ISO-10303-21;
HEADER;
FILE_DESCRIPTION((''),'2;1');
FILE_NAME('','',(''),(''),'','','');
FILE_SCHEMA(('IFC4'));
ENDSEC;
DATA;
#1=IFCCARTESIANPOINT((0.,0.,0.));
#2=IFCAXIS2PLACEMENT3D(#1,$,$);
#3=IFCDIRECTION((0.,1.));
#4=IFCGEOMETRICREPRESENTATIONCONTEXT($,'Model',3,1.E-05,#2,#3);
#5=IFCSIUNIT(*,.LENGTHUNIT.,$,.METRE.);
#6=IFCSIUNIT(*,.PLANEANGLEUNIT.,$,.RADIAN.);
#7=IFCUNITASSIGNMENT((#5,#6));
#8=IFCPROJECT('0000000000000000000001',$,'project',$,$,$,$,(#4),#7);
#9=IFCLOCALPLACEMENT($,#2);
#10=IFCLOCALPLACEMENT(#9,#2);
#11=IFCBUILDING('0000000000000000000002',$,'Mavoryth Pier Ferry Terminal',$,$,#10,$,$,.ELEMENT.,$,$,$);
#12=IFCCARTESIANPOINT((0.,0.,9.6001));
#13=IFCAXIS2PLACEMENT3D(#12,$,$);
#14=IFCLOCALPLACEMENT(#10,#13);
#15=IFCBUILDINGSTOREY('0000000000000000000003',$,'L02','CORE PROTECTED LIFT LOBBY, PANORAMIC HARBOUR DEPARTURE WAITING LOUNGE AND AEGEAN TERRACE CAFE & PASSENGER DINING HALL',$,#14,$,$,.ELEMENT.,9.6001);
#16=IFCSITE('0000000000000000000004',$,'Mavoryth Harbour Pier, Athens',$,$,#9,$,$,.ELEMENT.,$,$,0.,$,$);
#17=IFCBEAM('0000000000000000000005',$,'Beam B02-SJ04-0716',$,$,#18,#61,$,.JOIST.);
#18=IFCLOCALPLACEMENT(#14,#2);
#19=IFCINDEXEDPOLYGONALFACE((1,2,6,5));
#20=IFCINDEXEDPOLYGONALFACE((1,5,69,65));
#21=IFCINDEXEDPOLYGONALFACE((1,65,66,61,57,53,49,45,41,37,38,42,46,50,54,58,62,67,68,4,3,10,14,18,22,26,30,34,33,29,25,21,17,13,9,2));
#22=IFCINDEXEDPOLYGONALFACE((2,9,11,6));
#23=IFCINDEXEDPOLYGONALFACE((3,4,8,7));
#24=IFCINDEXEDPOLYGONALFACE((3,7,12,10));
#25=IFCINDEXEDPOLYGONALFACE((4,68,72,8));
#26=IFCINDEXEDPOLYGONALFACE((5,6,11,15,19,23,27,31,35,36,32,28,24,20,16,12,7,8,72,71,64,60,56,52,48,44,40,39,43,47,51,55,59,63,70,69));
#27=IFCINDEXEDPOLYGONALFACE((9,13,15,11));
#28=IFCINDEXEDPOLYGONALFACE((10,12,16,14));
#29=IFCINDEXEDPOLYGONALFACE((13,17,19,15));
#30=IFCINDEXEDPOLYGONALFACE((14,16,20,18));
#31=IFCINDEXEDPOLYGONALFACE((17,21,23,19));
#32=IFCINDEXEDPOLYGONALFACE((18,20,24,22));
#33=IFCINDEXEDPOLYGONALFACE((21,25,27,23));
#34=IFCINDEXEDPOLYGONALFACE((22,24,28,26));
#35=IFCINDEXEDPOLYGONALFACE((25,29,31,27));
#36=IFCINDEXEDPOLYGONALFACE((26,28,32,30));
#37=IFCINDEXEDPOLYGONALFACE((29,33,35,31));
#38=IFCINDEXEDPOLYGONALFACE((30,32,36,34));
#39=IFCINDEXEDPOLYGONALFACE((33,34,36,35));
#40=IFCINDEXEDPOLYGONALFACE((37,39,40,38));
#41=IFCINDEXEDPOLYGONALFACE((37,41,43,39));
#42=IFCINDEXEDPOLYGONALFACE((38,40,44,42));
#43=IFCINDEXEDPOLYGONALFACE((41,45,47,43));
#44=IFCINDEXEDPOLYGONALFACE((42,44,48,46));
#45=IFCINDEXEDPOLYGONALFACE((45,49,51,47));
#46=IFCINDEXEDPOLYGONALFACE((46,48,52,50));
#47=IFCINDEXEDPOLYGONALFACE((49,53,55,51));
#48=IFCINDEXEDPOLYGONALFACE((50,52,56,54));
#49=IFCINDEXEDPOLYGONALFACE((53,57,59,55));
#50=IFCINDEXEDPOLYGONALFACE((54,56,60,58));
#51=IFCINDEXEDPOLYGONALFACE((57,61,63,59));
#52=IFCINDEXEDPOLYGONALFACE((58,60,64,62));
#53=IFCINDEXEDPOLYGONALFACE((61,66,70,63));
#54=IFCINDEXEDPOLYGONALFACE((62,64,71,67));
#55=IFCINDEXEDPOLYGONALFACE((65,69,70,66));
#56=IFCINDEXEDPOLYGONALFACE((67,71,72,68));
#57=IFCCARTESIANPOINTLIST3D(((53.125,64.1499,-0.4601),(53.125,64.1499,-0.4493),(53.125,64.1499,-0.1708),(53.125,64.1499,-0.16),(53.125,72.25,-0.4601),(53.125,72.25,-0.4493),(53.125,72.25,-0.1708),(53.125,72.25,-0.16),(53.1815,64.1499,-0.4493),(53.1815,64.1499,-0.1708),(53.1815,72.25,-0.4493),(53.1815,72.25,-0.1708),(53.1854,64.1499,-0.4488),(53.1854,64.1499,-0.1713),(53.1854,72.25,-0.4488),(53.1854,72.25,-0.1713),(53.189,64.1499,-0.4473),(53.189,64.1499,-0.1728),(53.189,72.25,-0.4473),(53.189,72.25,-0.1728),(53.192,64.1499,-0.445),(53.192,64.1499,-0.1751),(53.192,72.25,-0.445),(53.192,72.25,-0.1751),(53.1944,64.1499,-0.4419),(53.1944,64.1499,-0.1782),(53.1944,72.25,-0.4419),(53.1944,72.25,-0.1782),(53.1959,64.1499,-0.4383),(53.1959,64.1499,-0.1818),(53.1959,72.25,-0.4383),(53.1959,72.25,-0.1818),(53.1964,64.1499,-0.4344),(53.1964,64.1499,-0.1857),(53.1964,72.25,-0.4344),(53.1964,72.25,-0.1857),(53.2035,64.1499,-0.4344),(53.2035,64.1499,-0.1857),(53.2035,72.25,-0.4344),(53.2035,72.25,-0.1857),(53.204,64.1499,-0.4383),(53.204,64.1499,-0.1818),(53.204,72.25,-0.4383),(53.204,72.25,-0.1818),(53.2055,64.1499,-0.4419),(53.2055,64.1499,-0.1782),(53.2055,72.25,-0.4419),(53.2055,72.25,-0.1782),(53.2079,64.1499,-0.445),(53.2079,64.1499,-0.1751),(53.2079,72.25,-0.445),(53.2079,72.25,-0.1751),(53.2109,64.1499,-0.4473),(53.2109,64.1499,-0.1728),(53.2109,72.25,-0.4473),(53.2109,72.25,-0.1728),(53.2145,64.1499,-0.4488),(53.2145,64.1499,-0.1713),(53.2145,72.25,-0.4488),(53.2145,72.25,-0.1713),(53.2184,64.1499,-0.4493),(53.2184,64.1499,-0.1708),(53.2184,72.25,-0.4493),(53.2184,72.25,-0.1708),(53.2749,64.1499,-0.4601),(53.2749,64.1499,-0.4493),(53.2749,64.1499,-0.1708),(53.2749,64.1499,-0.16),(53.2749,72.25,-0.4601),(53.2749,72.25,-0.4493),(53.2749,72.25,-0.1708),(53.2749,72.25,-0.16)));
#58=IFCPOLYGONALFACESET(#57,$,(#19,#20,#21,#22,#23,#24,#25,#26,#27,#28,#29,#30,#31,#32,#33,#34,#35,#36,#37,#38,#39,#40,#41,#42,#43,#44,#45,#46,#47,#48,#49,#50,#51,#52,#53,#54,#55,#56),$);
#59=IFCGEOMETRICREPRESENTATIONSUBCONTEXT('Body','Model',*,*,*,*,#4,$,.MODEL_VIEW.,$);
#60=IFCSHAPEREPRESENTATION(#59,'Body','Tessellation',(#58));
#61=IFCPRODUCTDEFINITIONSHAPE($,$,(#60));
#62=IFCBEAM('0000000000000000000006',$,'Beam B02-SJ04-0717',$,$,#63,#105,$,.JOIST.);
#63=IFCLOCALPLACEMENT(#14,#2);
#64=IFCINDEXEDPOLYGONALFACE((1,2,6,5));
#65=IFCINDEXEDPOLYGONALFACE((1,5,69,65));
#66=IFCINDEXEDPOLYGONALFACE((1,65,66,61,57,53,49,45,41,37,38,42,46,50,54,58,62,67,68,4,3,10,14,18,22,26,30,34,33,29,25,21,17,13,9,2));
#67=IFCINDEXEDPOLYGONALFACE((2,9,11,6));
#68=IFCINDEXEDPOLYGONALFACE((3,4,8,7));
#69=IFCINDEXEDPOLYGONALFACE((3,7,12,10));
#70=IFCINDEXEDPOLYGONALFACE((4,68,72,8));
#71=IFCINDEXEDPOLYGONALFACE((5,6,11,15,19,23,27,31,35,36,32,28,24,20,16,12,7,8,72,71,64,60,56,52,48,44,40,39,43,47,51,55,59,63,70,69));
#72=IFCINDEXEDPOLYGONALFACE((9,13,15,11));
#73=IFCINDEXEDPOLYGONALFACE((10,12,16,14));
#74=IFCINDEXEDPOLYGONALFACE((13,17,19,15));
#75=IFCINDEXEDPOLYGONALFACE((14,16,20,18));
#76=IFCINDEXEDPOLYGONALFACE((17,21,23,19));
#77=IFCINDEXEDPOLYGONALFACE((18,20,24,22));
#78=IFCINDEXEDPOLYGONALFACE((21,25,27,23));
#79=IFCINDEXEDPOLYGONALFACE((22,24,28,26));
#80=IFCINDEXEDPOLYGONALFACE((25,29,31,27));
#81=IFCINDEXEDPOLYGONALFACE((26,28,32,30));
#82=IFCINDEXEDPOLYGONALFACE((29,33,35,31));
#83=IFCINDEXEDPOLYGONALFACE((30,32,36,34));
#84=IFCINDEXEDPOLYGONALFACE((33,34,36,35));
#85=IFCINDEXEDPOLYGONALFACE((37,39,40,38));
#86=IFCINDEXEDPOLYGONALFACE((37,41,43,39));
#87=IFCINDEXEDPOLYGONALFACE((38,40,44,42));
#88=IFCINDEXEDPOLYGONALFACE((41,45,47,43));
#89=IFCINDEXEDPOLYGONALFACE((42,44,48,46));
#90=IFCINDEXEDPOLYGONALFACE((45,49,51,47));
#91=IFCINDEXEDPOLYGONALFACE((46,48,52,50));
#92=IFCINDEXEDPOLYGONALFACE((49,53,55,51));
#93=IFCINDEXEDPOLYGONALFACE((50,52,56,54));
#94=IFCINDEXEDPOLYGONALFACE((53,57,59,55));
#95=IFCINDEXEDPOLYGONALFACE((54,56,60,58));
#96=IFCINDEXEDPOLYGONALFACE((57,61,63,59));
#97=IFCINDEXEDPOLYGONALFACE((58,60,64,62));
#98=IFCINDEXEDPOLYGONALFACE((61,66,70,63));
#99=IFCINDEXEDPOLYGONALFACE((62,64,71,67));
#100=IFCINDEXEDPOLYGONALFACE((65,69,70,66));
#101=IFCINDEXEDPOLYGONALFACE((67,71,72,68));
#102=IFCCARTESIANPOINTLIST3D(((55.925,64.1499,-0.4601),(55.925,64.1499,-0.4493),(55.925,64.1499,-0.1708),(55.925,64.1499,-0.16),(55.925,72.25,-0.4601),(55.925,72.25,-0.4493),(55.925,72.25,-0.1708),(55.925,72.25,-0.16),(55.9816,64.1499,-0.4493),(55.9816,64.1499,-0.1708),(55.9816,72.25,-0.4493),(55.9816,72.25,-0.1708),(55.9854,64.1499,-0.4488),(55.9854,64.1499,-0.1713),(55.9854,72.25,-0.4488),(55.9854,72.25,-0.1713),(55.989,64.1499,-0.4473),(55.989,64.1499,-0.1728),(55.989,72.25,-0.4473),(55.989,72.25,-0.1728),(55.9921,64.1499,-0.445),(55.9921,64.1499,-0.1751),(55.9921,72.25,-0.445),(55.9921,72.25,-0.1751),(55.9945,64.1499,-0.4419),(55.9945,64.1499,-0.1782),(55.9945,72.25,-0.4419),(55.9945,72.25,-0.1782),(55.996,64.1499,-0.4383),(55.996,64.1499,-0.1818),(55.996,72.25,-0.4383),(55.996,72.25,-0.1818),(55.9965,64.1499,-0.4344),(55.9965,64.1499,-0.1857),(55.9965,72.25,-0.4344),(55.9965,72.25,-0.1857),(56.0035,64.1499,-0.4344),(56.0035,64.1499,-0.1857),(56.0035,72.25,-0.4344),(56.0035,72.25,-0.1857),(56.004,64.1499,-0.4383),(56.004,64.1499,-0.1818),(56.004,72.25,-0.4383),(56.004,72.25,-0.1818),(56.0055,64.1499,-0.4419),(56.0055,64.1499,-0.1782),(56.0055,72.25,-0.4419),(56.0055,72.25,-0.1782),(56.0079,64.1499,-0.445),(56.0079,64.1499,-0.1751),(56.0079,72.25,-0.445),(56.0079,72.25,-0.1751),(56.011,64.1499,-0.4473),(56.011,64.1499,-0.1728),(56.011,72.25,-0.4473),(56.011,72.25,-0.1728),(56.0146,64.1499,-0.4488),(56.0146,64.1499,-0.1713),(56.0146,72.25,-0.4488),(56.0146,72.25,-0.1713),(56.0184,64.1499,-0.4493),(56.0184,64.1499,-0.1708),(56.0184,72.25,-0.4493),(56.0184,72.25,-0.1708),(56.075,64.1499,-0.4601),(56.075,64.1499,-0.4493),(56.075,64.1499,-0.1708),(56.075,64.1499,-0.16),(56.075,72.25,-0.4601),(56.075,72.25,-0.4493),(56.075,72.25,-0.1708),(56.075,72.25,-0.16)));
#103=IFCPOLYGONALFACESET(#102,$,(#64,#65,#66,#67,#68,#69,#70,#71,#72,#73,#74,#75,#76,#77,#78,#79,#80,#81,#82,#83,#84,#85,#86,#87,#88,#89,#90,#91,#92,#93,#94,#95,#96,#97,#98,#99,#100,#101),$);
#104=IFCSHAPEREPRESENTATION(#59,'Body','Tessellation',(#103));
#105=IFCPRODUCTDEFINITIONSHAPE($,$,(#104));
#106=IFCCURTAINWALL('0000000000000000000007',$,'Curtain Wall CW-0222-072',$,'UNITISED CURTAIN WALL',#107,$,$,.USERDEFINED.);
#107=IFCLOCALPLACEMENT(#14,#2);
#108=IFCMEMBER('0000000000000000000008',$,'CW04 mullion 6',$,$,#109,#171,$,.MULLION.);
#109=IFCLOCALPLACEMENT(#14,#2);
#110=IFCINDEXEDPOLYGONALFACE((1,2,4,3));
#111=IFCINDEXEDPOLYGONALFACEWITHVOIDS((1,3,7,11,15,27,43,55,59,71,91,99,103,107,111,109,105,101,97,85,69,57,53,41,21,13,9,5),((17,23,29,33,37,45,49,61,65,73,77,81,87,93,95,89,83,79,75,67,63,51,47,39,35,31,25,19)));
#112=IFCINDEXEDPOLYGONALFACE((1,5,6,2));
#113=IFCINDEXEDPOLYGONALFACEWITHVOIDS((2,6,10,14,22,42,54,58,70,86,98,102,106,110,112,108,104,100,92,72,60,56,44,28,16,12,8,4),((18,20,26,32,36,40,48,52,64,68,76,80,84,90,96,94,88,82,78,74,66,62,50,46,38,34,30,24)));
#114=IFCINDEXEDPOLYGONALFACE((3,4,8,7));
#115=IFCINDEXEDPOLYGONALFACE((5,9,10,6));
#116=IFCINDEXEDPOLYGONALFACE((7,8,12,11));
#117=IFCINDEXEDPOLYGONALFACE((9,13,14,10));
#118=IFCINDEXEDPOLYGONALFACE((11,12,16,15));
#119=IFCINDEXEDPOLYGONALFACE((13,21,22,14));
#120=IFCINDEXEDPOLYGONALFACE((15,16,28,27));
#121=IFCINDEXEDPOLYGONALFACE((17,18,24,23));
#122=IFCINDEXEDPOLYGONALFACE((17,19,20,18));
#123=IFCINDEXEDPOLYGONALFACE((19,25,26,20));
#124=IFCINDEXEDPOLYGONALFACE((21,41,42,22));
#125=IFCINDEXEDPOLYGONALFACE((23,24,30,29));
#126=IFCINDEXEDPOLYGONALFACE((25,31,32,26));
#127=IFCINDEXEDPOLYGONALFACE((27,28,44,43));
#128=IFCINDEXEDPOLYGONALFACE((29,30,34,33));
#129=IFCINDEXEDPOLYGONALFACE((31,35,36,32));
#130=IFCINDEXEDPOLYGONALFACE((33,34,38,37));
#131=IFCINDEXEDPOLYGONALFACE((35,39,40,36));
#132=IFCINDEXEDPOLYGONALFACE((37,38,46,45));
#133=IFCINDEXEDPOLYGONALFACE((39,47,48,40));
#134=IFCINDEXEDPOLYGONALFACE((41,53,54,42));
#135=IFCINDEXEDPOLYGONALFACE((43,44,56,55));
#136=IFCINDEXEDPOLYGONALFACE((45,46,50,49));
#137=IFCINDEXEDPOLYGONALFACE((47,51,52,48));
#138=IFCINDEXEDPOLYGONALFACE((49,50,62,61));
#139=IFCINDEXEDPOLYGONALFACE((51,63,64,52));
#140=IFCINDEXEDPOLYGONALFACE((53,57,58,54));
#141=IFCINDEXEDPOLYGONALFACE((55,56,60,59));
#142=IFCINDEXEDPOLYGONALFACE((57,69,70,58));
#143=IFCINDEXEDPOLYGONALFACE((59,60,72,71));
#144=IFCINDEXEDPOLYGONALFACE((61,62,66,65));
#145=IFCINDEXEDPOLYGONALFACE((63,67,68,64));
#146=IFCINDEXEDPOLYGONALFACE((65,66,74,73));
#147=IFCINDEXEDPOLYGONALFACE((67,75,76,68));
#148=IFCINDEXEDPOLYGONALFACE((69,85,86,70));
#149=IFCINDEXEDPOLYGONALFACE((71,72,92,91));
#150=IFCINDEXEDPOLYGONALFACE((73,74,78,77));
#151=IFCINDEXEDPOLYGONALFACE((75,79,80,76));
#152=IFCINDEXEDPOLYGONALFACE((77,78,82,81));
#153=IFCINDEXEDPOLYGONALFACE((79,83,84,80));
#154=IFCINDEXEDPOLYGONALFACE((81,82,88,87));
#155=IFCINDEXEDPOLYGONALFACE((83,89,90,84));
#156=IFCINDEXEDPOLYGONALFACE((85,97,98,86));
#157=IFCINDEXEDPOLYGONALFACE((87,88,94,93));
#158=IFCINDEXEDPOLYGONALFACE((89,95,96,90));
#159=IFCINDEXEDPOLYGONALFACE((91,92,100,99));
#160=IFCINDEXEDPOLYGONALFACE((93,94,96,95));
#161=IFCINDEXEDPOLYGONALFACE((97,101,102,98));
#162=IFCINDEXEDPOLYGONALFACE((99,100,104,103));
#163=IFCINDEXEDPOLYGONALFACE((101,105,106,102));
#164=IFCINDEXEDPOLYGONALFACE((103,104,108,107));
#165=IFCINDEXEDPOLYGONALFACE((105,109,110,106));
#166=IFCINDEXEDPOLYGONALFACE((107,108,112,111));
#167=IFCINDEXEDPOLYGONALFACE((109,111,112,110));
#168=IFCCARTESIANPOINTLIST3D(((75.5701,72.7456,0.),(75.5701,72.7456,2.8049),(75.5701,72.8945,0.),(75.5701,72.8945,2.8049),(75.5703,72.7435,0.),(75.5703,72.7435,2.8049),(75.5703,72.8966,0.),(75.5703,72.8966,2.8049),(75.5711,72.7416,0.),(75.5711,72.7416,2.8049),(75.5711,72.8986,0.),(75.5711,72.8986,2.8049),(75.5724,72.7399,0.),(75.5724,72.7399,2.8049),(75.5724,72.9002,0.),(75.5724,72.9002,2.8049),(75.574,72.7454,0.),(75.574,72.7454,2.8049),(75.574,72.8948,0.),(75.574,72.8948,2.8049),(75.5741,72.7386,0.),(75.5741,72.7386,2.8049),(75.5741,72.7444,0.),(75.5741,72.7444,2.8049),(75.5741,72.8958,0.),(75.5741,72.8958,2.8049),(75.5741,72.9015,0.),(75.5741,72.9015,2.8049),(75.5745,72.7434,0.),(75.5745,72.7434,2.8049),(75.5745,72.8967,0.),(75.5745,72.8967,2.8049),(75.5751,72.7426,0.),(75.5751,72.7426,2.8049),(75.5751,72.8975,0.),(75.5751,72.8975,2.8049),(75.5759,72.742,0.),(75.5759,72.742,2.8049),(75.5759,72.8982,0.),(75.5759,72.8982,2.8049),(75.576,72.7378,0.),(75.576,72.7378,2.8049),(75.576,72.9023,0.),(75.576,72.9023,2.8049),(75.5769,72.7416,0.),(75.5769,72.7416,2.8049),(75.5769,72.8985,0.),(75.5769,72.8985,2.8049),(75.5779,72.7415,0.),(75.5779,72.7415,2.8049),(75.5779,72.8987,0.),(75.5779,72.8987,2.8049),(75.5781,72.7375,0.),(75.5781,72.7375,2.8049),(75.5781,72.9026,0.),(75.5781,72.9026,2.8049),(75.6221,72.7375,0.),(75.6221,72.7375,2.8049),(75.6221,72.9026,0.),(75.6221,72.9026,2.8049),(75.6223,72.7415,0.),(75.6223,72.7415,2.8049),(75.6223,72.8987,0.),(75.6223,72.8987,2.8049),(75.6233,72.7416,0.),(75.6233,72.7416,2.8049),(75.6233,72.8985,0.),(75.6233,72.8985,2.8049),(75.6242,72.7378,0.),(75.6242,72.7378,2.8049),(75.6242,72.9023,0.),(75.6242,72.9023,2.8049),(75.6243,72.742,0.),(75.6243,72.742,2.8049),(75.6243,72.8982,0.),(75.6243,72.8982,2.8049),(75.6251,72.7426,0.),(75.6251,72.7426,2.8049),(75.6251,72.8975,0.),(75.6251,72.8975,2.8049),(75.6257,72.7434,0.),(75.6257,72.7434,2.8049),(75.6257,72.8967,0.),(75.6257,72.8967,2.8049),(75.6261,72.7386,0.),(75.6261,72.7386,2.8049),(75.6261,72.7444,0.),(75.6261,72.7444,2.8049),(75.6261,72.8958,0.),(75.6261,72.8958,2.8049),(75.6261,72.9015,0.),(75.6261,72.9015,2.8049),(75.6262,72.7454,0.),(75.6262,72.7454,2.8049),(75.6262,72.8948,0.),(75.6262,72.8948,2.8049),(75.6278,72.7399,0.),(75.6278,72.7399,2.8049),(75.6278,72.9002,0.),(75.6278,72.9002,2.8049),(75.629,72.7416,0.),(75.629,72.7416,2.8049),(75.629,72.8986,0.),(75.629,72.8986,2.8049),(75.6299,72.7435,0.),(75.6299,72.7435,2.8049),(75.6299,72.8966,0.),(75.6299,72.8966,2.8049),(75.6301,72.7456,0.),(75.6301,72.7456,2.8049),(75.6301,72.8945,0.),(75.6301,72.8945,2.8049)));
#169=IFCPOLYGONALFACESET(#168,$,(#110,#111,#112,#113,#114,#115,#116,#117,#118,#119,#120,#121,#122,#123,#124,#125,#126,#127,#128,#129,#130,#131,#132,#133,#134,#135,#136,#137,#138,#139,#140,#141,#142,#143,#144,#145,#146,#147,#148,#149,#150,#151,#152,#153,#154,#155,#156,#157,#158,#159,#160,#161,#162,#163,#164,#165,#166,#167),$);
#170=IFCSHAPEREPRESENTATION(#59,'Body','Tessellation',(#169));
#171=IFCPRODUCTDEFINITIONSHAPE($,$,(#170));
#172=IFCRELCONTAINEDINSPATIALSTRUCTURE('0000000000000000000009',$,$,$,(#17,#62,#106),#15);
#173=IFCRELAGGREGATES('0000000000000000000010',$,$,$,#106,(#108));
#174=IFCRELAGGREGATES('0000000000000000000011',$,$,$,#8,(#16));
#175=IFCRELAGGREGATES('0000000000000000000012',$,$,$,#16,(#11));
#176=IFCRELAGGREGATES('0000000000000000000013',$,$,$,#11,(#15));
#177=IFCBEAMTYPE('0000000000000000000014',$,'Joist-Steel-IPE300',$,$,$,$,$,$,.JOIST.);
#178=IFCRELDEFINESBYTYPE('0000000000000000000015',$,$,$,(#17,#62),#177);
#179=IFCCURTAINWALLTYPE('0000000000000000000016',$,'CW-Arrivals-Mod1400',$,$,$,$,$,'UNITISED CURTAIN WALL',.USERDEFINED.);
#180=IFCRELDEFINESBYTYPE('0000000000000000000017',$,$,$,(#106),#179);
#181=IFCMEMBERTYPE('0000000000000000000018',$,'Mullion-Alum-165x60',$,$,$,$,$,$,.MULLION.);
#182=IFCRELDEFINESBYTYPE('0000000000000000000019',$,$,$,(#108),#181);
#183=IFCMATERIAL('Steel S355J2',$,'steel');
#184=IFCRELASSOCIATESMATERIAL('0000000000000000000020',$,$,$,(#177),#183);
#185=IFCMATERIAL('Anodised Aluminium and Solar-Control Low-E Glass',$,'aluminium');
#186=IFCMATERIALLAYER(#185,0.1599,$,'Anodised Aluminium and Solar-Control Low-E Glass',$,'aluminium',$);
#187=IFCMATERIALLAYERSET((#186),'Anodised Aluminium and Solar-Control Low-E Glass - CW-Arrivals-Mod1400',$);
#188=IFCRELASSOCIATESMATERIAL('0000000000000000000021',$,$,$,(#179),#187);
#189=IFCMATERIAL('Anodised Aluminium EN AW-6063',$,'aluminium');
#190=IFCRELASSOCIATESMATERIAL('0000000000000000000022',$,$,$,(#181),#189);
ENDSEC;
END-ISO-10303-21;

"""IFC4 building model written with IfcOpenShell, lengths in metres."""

from ifc_helpers import new_model, si_unit, direction, frame, origin, origin_2d, place, context, subcontext, project, spatial, hollow_rectangle, i_section, extrude, material, layer, layer_set, material_profile, profile_set, type_object, element, aggregate, save


model = new_model("IFC4")

# Units and contexts
model_context = context("Model", 3, precision=1e-05, world=origin(), true_north=direction((0.0, 1.0)))
body_context = subcontext(model_context, "Body", "Model", "MODEL_VIEW")
ifc_project = project(units=[si_unit("LENGTHUNIT", "METRE"), si_unit("PLANEANGLEUNIT", "RADIAN")], contexts=[model_context])

# Site, building, storey
site_placement = place(None, origin())
site = spatial("IfcSite", under=ifc_project, at=site_placement, Name="Mavoryth Harbour Pier, Athens", CompositionType="ELEMENT", RefElevation=0.0)
building_placement = place(site_placement, origin())
building = spatial("IfcBuilding", under=site, at=building_placement, Name="Mavoryth Pier Ferry Terminal", CompositionType="ELEMENT")
storey_placement = place(building_placement, frame((0.0, 0.0, 9.6001)))
storey = spatial("IfcBuildingStorey", under=building, at=storey_placement, Name="L02", Description="CORE PROTECTED LIFT LOBBY, PANORAMIC HARBOUR DEPARTURE WAITING LOUNGE AND AEGEAN TERRACE CAFE & PASSENGER DINING HALL", CompositionType="ELEMENT", Elevation=9.6001)

# Shared definitions
ifc_material_1 = material(Name="Steel S355J2", Category="steel")

# Beams
ifc_material_profile_1 = material_profile(ifc_material_1, i_section(OverallWidth=0.1499, OverallDepth=0.3, WebThickness=0.0071, FlangeThickness=0.0107, FilletRadius=0.0149, at=origin_2d()), Name="IPE 300", Category="steel")
ifc_profile_set_1 = profile_set([ifc_material_profile_1], Name="Steel S355J2 - IPE 300")
beam_type_1 = type_object("IfcBeamType", Name="Joist-Steel-IPE300", PredefinedType="JOIST", material=ifc_profile_set_1)
for number, where, z_axis, x_axis, name in (
    (1, (53.2, 64.1499, -0.3101), (0.0, 1.0, 0.0), (-1.0, 0.0, 0.0), "Beam B02-SJ04-0716"),
    (2, (56.0, 64.1499, -0.3101), (0.0, 1.0, 0.0), (-1.0, 0.0, 0.0), "Beam B02-SJ04-0717"),
):
    element("IfcBeam", number, at=place(storey_placement, frame(where, z_axis=z_axis, x_axis=x_axis)), inside=storey, type_object=beam_type_1, Name=name, PredefinedType="JOIST", context=body_context, shape_type="SweptSolid", body=[
        extrude(i_section(OverallWidth=0.1499, OverallDepth=0.3, WebThickness=0.0071, FlangeThickness=0.0107, FilletRadius=0.0149, at=origin_2d()), origin(), (0.0, 0.0, 1.0), 8.1001),
    ])

# Curtain wall, member
ifc_material_2 = material(Name="Anodised Aluminium and Solar-Control Low-E Glass", Category="aluminium")
ifc_layer_1 = layer(ifc_material_2, 0.1599, Name="Anodised Aluminium and Solar-Control Low-E Glass", Category="aluminium")
ifc_layer_set_1 = layer_set([ifc_layer_1], Name="Anodised Aluminium and Solar-Control Low-E Glass - CW-Arrivals-Mod1400")
curtain_wall_type = type_object("IfcCurtainWallType", Name="CW-Arrivals-Mod1400", ElementType="UNITISED CURTAIN WALL", PredefinedType="USERDEFINED", material=ifc_layer_set_1)
curtain_wall_1_placement = place(storey_placement, origin())
curtain_wall_1 = element("IfcCurtainWall", 3, at=curtain_wall_1_placement, inside=storey, type_object=curtain_wall_type, Name="Curtain Wall CW-0222-072", ObjectType="UNITISED CURTAIN WALL", PredefinedType="USERDEFINED")
ifc_material_3 = material(Name="Anodised Aluminium EN AW-6063", Category="aluminium")
ifc_material_profile_2 = material_profile(ifc_material_3, hollow_rectangle(XDim=0.0601, YDim=0.165, WallThickness=0.0039, InnerFilletRadius=0.0039, OuterFilletRadius=0.0081, at=origin_2d()), Name="AL-MULL 165x60x4", Category="aluminium")
ifc_profile_set_2 = profile_set([ifc_material_profile_2], Name="Anodised Aluminium EN AW-6063 - AL-MULL 165x60x4")
member_type_1 = type_object("IfcMemberType", Name="Mullion-Alum-165x60", PredefinedType="MULLION", material=ifc_profile_set_2)
member_1_placement = place(storey_placement, frame((75.6001, 72.8201, 0.0), z_axis=(0.0, 0.0, 1.0), x_axis=(1.0, 0.0, 0.0)))
member_1 = element("IfcMember", 4, at=member_1_placement, type_object=member_type_1, Name="CW04 mullion 6", PredefinedType="MULLION", context=body_context, shape_type="SweptSolid", body=[
    extrude(hollow_rectangle(XDim=0.0601, YDim=0.165, WallThickness=0.0039, InnerFilletRadius=0.0039, OuterFilletRadius=0.0081, at=origin_2d()), origin(), (0.0, 0.0, 1.0), 2.8049),
])

aggregate(curtain_wall_1, [member_1])

save(model, "model.ifc")
